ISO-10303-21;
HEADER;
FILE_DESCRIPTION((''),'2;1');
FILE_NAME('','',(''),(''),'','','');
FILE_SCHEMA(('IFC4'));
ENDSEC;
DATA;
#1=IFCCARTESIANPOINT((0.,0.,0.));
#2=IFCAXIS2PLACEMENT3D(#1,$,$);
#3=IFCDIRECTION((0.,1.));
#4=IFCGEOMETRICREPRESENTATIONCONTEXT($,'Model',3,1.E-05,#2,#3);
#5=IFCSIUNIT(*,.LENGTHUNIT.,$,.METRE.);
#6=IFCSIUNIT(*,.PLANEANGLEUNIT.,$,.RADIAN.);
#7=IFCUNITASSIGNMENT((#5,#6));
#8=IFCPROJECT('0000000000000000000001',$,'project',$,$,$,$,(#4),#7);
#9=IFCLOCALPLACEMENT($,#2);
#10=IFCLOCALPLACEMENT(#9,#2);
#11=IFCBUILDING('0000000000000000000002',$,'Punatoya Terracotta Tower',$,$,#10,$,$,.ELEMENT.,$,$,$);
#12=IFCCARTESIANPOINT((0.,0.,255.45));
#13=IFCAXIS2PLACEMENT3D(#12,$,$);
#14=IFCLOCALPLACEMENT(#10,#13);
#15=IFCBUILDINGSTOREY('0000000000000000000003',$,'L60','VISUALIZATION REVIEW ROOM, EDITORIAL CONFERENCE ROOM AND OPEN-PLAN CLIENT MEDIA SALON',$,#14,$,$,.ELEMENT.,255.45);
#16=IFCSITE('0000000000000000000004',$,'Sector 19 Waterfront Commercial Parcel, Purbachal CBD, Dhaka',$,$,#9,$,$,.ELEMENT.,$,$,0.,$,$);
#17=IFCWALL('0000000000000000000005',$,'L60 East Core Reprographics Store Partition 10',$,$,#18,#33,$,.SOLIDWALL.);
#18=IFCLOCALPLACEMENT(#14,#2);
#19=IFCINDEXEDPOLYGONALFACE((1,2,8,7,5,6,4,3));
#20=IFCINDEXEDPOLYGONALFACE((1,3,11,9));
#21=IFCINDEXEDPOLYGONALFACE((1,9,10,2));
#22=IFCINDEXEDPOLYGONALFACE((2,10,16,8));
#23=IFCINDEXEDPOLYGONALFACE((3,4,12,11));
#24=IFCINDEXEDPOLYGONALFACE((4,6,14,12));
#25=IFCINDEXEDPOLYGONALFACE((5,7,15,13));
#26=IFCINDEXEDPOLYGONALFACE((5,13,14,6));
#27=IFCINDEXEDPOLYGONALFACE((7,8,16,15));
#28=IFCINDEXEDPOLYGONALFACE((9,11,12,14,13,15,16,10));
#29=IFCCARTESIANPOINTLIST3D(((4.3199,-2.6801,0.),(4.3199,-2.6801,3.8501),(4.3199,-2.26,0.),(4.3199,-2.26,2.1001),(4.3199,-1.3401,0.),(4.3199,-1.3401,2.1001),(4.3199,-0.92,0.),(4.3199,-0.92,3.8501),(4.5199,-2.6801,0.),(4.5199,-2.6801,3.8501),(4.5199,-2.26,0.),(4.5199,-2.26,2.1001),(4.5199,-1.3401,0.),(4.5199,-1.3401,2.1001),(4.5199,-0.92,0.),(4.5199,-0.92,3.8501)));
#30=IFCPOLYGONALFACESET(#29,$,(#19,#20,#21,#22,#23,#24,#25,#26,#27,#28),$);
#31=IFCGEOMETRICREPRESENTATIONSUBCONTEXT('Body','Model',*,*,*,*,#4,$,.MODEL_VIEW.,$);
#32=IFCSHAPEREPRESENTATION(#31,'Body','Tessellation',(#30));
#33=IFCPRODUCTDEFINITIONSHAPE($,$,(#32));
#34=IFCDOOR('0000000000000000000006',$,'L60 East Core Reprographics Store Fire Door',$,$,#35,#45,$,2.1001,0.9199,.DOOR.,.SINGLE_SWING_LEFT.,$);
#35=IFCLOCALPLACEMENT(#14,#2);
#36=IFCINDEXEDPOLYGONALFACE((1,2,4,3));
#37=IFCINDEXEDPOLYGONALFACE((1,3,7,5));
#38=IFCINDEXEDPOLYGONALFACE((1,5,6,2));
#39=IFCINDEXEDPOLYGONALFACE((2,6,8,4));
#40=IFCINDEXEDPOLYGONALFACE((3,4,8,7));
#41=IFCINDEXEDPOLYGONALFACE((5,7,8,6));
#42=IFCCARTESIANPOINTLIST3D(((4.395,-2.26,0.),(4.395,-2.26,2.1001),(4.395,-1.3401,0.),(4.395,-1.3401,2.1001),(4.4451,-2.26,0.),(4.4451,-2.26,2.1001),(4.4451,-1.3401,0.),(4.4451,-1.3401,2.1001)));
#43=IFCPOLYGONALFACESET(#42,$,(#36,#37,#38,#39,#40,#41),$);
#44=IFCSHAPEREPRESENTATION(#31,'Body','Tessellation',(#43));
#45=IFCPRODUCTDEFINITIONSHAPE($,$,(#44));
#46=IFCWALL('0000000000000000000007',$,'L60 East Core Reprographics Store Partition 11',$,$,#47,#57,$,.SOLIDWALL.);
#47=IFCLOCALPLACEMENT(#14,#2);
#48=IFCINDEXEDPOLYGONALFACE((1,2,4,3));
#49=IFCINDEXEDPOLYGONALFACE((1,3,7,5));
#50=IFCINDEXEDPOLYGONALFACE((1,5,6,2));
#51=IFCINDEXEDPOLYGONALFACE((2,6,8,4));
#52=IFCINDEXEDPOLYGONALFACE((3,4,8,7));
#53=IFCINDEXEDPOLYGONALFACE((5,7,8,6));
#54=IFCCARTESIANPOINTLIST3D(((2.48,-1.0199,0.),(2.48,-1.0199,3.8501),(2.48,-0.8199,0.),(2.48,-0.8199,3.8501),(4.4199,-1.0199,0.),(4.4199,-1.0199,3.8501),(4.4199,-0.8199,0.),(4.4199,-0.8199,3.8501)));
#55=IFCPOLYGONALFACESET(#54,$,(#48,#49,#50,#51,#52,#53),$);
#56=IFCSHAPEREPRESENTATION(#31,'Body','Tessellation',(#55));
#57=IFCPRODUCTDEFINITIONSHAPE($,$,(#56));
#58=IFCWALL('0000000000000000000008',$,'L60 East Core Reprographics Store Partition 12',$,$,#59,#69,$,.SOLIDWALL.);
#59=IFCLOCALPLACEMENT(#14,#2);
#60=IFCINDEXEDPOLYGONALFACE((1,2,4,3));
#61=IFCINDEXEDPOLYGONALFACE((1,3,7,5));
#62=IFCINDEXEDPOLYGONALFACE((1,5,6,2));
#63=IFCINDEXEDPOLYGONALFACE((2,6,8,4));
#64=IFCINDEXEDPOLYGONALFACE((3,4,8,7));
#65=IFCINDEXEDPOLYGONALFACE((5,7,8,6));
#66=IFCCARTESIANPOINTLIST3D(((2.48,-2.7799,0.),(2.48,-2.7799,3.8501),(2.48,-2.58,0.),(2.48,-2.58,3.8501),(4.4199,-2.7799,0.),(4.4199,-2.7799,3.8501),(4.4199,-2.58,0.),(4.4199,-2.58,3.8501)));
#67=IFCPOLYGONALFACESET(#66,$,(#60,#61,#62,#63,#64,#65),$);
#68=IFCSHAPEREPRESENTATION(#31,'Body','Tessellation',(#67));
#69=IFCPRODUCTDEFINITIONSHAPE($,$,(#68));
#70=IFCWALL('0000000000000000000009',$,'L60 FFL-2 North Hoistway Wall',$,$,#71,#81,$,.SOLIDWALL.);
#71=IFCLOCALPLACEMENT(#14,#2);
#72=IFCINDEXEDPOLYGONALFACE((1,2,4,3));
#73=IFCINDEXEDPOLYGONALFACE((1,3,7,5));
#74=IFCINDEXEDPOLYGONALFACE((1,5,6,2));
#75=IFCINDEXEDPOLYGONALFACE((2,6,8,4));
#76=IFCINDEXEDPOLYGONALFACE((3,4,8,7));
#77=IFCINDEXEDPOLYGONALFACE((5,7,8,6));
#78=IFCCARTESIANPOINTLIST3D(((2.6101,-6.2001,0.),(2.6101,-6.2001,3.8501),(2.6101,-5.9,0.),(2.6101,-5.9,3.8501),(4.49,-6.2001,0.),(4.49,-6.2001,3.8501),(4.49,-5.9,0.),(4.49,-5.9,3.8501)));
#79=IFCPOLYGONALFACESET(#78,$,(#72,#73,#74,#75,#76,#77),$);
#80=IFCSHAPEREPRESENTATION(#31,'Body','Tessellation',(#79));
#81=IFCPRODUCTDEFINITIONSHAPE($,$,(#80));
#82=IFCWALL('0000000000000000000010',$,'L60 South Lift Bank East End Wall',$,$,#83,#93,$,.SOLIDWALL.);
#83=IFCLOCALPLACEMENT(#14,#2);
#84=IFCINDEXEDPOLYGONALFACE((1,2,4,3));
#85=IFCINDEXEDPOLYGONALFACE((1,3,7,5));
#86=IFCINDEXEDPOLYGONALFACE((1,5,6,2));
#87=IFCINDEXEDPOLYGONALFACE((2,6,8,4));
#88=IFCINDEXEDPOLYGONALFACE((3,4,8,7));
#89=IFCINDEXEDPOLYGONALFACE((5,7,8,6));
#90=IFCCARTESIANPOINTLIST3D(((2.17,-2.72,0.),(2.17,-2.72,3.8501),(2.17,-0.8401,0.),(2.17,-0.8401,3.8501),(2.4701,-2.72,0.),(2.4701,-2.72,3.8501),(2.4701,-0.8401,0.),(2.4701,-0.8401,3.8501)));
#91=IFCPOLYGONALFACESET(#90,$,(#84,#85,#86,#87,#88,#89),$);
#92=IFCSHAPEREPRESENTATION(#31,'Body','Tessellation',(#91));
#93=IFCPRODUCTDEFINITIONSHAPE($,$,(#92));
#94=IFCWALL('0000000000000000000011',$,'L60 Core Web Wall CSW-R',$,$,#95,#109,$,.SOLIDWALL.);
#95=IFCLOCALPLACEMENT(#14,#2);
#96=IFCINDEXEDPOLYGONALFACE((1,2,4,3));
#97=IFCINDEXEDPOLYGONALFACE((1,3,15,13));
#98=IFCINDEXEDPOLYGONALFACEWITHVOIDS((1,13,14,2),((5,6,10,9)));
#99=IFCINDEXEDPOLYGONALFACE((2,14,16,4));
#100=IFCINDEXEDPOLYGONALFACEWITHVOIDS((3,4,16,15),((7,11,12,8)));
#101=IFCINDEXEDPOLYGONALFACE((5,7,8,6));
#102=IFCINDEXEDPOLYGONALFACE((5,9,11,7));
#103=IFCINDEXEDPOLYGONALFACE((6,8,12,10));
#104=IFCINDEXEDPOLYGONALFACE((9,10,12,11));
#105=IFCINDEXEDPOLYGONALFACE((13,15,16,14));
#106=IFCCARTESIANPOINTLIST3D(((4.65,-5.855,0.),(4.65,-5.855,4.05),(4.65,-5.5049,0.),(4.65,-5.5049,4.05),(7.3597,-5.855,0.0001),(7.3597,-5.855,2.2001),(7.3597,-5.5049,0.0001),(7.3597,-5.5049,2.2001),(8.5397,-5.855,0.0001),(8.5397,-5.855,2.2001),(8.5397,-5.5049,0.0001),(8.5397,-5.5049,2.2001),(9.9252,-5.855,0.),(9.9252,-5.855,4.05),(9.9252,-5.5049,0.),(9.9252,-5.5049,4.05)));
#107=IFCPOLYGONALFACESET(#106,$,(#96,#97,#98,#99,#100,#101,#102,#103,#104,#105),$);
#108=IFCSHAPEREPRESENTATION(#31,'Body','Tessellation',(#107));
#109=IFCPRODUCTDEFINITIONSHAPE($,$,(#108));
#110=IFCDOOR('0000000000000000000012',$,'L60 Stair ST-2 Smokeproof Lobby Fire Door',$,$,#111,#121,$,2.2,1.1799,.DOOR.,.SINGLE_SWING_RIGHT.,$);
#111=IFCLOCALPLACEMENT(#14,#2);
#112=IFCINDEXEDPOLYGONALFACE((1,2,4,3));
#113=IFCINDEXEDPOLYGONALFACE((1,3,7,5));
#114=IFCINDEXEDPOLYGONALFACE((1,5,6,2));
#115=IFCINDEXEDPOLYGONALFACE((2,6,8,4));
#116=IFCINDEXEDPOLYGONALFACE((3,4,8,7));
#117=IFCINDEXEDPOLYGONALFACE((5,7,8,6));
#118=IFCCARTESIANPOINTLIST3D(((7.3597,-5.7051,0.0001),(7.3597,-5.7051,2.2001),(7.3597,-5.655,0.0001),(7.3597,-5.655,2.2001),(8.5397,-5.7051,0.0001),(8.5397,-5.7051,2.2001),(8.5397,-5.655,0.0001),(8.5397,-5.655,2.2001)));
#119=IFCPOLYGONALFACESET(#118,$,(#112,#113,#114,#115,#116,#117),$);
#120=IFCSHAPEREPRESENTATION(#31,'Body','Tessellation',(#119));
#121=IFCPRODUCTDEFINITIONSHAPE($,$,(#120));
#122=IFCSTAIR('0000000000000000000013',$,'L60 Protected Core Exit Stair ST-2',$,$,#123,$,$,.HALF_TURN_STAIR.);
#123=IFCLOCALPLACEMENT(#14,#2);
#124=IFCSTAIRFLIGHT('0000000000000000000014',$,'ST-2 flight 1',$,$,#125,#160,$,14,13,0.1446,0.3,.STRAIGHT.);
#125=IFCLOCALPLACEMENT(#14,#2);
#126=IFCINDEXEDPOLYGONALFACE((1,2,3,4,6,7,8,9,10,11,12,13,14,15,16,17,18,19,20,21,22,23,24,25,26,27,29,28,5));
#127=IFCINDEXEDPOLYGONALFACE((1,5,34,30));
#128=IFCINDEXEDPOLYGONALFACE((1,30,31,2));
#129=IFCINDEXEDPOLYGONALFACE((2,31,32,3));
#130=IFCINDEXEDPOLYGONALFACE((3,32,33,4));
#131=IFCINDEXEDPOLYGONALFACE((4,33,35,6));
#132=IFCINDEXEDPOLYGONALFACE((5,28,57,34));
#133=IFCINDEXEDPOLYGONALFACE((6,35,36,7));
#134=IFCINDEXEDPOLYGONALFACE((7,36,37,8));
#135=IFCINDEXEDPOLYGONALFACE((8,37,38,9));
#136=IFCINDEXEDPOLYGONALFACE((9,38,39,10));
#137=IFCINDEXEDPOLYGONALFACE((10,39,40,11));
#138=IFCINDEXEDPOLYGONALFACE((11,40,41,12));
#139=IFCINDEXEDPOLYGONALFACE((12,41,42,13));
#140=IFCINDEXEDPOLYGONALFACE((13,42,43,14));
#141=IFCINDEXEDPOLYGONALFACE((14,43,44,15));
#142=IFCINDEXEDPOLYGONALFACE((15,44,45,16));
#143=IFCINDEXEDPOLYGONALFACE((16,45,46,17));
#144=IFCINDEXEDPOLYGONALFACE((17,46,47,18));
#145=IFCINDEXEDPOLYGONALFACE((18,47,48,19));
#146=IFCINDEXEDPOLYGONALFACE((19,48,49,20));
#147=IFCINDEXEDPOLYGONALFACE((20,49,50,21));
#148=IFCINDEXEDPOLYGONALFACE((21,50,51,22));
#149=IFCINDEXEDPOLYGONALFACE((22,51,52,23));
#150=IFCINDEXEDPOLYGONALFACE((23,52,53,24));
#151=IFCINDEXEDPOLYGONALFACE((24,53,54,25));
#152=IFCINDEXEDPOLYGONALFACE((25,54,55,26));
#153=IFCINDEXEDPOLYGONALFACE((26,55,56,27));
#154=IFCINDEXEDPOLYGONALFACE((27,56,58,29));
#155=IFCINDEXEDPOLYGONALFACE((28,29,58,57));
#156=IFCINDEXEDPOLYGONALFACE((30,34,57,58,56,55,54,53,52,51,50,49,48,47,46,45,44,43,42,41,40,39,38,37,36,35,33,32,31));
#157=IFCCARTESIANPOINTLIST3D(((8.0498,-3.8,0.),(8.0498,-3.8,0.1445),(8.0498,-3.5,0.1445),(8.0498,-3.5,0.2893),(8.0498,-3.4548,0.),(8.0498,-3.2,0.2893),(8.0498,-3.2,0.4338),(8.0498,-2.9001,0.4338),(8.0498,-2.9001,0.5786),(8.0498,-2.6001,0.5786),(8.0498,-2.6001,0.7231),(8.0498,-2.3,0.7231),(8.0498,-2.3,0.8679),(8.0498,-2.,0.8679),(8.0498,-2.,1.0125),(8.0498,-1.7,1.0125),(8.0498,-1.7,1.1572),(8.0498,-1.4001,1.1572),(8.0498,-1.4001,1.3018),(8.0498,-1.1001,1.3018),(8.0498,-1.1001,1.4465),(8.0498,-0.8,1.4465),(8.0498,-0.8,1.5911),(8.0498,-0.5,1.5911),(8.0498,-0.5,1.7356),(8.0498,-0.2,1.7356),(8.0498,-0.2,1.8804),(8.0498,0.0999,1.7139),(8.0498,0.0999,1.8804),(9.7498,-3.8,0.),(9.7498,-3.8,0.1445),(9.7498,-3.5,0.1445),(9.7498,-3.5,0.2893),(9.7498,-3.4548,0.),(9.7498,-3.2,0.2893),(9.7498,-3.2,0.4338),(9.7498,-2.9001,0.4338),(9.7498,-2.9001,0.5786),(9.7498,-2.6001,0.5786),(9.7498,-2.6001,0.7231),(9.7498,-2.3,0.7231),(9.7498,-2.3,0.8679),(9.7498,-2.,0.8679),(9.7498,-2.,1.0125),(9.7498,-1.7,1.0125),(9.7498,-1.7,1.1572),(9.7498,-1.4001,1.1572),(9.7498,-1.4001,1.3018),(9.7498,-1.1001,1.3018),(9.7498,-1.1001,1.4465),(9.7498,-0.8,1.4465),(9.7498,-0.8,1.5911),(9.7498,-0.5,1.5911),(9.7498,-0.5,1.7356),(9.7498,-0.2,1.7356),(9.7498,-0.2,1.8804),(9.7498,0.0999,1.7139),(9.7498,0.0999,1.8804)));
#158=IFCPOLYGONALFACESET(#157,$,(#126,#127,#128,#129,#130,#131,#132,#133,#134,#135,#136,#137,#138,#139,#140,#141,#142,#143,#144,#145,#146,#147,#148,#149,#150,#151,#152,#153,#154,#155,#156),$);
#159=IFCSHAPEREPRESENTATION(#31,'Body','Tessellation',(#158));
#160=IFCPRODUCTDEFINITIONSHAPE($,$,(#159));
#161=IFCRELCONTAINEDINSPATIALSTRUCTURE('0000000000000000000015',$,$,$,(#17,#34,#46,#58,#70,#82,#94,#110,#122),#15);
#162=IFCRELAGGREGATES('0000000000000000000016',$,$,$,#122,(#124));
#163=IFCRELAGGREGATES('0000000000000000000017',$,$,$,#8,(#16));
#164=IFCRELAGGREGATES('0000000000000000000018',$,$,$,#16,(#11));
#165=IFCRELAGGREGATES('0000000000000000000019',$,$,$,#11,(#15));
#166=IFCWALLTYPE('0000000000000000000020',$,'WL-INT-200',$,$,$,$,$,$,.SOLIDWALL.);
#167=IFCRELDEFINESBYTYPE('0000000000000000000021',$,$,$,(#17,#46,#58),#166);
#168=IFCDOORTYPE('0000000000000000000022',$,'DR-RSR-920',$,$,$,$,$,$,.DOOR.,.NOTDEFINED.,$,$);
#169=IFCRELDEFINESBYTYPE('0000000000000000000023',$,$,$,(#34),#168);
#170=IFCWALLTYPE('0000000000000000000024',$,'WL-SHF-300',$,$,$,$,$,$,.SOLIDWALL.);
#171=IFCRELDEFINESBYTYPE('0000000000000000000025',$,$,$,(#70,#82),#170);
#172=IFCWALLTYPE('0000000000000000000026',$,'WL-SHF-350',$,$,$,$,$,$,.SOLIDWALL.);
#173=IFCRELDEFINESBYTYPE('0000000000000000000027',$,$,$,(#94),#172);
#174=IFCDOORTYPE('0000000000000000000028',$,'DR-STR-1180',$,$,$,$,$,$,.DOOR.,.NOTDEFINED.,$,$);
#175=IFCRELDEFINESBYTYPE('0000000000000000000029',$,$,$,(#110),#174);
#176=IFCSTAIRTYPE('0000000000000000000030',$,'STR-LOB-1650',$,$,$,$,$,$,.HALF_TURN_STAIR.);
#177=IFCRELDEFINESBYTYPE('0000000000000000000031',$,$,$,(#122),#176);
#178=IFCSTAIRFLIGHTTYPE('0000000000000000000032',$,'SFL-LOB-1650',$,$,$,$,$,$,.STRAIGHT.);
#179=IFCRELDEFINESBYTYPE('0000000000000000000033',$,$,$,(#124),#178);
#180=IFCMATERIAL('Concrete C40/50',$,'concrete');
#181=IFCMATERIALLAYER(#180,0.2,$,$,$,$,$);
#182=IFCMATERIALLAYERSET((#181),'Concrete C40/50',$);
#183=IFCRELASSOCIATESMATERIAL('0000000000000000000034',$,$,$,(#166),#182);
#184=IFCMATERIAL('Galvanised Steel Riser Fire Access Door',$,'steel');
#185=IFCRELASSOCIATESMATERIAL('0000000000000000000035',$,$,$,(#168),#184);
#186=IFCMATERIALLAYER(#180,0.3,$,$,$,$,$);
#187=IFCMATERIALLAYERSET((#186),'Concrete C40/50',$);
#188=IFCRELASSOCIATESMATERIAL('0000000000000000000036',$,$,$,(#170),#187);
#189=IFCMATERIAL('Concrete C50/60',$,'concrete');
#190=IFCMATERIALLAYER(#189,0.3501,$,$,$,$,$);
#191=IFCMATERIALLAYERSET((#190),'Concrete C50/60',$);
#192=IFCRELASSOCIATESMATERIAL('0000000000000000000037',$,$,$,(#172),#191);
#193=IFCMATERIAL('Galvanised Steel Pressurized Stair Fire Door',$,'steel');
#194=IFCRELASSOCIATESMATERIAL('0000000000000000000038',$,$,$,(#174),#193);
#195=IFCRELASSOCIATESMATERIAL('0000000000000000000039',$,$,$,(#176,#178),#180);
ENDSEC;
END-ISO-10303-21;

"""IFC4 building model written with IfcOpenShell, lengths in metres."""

from ifc_helpers import new_model, si_unit, direction, frame, frame_2d, origin, place, context, subcontext, project, spatial, polyline, rectangle, outline, extrude, material, layer, layer_set, type_object, element, fill, aggregate, save


model = new_model("IFC4")

# Units and contexts
model_context = context("Model", 3, precision=1e-05, world=origin(), true_north=direction((0.0, 1.0)))
body_context = subcontext(model_context, "Body", "Model", "MODEL_VIEW")
ifc_project = project(units=[si_unit("LENGTHUNIT", "METRE"), si_unit("PLANEANGLEUNIT", "RADIAN")], contexts=[model_context])

# Site, building, storey
site_placement = place(None, origin())
site = spatial("IfcSite", under=ifc_project, at=site_placement, Name="Sector 19 Waterfront Commercial Parcel, Purbachal CBD, Dhaka", CompositionType="ELEMENT", RefElevation=0.0)
building_placement = place(site_placement, origin())
building = spatial("IfcBuilding", under=site, at=building_placement, Name="Punatoya Terracotta Tower", CompositionType="ELEMENT")
storey_placement = place(building_placement, frame((0.0, 0.0, 255.45)))
storey = spatial("IfcBuildingStorey", under=building, at=storey_placement, Name="L60", Description="VISUALIZATION REVIEW ROOM, EDITORIAL CONFERENCE ROOM AND OPEN-PLAN CLIENT MEDIA SALON", CompositionType="ELEMENT", Elevation=255.45)

# Shared definitions
ifc_material_1 = material(Name="Concrete C40/50", Category="concrete")
ifc_layer_1 = layer(ifc_material_1, 0.2)
ifc_layer_set_1 = layer_set([ifc_layer_1], Name="Concrete C40/50")
wall_type_1 = type_object("IfcWallType", Name="WL-INT-200", PredefinedType="SOLIDWALL", material=ifc_layer_set_1)

# Wall, opening, door
wall_1_placement = place(storey_placement, frame((4.4199, -2.6799, 0.0), z_axis=(0.0, 0.0, 1.0), x_axis=(0.0, 1.0, 0.0)))
wall_1 = element("IfcWall", 1, at=wall_1_placement, inside=storey, type_object=wall_type_1, Name="L60 East Core Reprographics Store Partition 10", PredefinedType="SOLIDWALL", context=body_context, shape_type="SweptSolid", body=[
    extrude(rectangle(XDim=1.76, YDim=0.2, at=frame_2d((0.8799, 0.0))), origin(), (0.0, 0.0, 1.0), 3.8501),
])
opening_1_placement = place(wall_1_placement, frame((0.4199, 0.0, 0.0)))
opening_1 = element("IfcOpeningElement", 2, at=opening_1_placement, cuts=wall_1, PredefinedType="OPENING", context=body_context, shape_type="SweptSolid", body=[
    extrude(rectangle(XDim=0.9199, YDim=2.1001, at=frame_2d((0.46, 1.05))), frame((0.0, 0.1099, 0.0), z_axis=(0.0, -1.0, 0.0), x_axis=(1.0, 0.0, 0.0)), (0.0, 0.0, 1.0), 0.22),
])
ifc_material_2 = material(Name="Galvanised Steel Riser Fire Access Door", Category="steel")
door_type_1 = type_object("IfcDoorType", Name="DR-RSR-920", OperationType="NOTDEFINED", PredefinedType="DOOR", material=ifc_material_2)
door_1_placement = place(opening_1_placement, origin())
door_1 = element("IfcDoor", 3, at=door_1_placement, inside=storey, type_object=door_type_1, Name="L60 East Core Reprographics Store Fire Door", OperationType="SINGLE_SWING_LEFT", OverallHeight=2.1001, OverallWidth=0.9199, PredefinedType="DOOR", context=body_context, shape_type="SweptSolid", body=[
    extrude(rectangle(XDim=0.9199, YDim=2.1001, at=frame_2d((0.46, 1.05))), frame((0.0, 0.0249, 0.0), z_axis=(0.0, -1.0, 0.0), x_axis=(1.0, 0.0, 0.0)), (0.0, 0.0, 1.0), 0.05),
])
fill(opening_1, door_1)

# Walls
for number, where, z_axis, x_axis, name in (
    (4, (4.4199, -0.9199, 0.0), (0.0, 0.0, 1.0), (-1.0, 0.0, 0.0), "L60 East Core Reprographics Store Partition 11"),
    (5, (2.48, -2.6799, 0.0), (0.0, 0.0, 1.0), (1.0, 0.0, 0.0), "L60 East Core Reprographics Store Partition 12"),
):
    element("IfcWall", number, at=place(storey_placement, frame(where, z_axis=z_axis, x_axis=x_axis)), inside=storey, type_object=wall_type_1, Name=name, PredefinedType="SOLIDWALL", context=body_context, shape_type="SweptSolid", body=[
        extrude(rectangle(XDim=1.9399, YDim=0.2, at=frame_2d((0.97, 0.0))), origin(), (0.0, 0.0, 1.0), 3.8501),
    ])
ifc_layer_2 = layer(ifc_material_1, 0.3)
ifc_layer_set_2 = layer_set([ifc_layer_2], Name="Concrete C40/50")
wall_type_2 = type_object("IfcWallType", Name="WL-SHF-300", PredefinedType="SOLIDWALL", material=ifc_layer_set_2)
for number, where, z_axis, x_axis, name in (
    (6, (2.6101, -6.05, 0.0), (0.0, 0.0, 1.0), (1.0, 0.0, 0.0), "L60 FFL-2 North Hoistway Wall"),
    (7, (2.3201, -2.72, 0.0), (0.0, 0.0, 1.0), (0.0, 1.0, 0.0), "L60 South Lift Bank East End Wall"),
):
    element("IfcWall", number, at=place(storey_placement, frame(where, z_axis=z_axis, x_axis=x_axis)), inside=storey, type_object=wall_type_2, Name=name, PredefinedType="SOLIDWALL", context=body_context, shape_type="SweptSolid", body=[
        extrude(rectangle(XDim=1.8799, YDim=0.3, at=frame_2d((0.9399, 0.0))), origin(), (0.0, 0.0, 1.0), 3.8501),
    ])

# Wall, opening, door
ifc_material_3 = material(Name="Concrete C50/60", Category="concrete")
ifc_layer_3 = layer(ifc_material_3, 0.3501)
ifc_layer_set_3 = layer_set([ifc_layer_3], Name="Concrete C50/60")
wall_type_3 = type_object("IfcWallType", Name="WL-SHF-350", PredefinedType="SOLIDWALL", material=ifc_layer_set_3)
wall_2_placement = place(storey_placement, frame((4.6499, -5.6799, 0.0), z_axis=(0.0, 0.0, 1.0), x_axis=(1.0, 0.0, 0.0)))
wall_2 = element("IfcWall", 8, at=wall_2_placement, inside=storey, type_object=wall_type_3, Name="L60 Core Web Wall CSW-R", PredefinedType="SOLIDWALL", context=body_context, shape_type="SweptSolid", body=[
    extrude(rectangle(XDim=5.2751, YDim=0.3501, at=frame_2d((2.6377, 0.0))), origin(), (0.0, 0.0, 1.0), 4.05),
])
opening_2_placement = place(wall_2_placement, frame((2.71, 0.0, 0.0)))
opening_2 = element("IfcOpeningElement", 9, at=opening_2_placement, cuts=wall_2, PredefinedType="OPENING", context=body_context, shape_type="SweptSolid", body=[
    extrude(rectangle(XDim=1.1799, YDim=2.2, at=frame_2d((0.5898, 1.1001))), frame((0.0, 0.1851, 0.0), z_axis=(0.0, -1.0, 0.0), x_axis=(1.0, 0.0, 0.0)), (0.0, 0.0, 1.0), 0.3701),
])
ifc_material_4 = material(Name="Galvanised Steel Pressurized Stair Fire Door", Category="steel")
door_type_2 = type_object("IfcDoorType", Name="DR-STR-1180", OperationType="NOTDEFINED", PredefinedType="DOOR", material=ifc_material_4)
door_2_placement = place(opening_2_placement, origin())
door_2 = element("IfcDoor", 10, at=door_2_placement, inside=storey, type_object=door_type_2, Name="L60 Stair ST-2 Smokeproof Lobby Fire Door", OperationType="SINGLE_SWING_RIGHT", OverallHeight=2.2, OverallWidth=1.1799, PredefinedType="DOOR", context=body_context, shape_type="SweptSolid", body=[
    extrude(rectangle(XDim=1.1799, YDim=2.2, at=frame_2d((0.5898, 1.1001))), frame((0.0, 0.0249, 0.0), z_axis=(0.0, -1.0, 0.0), x_axis=(1.0, 0.0, 0.0)), (0.0, 0.0, 1.0), 0.05),
])
fill(opening_2, door_2)

# Stair, stair flight
stair_type = type_object("IfcStairType", Name="STR-LOB-1650", PredefinedType="HALF_TURN_STAIR", material=ifc_material_1)
stair_placement = place(storey_placement, origin())
stair = element("IfcStair", 11, at=stair_placement, inside=storey, type_object=stair_type, Name="L60 Protected Core Exit Stair ST-2", PredefinedType="HALF_TURN_STAIR")
stair_flight_type = type_object("IfcStairFlightType", Name="SFL-LOB-1650", PredefinedType="STRAIGHT", material=ifc_material_1)
stair_flight_placement = place(storey_placement, frame((8.8999, -3.8, 0.0), z_axis=(0.0, 0.0, 1.0), x_axis=(0.0, 1.0, 0.0)))
stair_flight = element("IfcStairFlight", 12, at=stair_flight_placement, type_object=stair_flight_type, Name="ST-2 flight 1", NumberOfRisers=14, NumberOfTreads=13, PredefinedType="STRAIGHT", RiserHeight=0.1446, TreadLength=0.3, context=body_context, shape_type="SweptSolid", body=[
    extrude(outline(polyline([(0.0, 0.0), (0.0, 0.1445), (0.3, 0.1445), (0.3, 0.2893), (0.6001, 0.2893), (0.6001, 0.4338), (0.8999, 0.4338), (0.8999, 0.5786), (1.2, 0.5786), (1.2, 0.7231), (1.5, 0.7231), (1.5, 0.8679), (1.8, 0.8679), (1.8, 1.0125), (2.1001, 1.0125), (2.1001, 1.1572), (2.3999, 1.1572), (2.3999, 1.3018), (2.7, 1.3018), (2.7, 1.4465), (3.0, 1.4465), (3.0, 1.5911), (3.3, 1.5911), (3.3, 1.7356), (3.6001, 1.7356), (3.6001, 1.8804), (3.8999, 1.8804), (3.8999, 2.0249), (3.8999, 1.7139), (0.3452, 0.0), (0.0, 0.0)])), frame((0.0, 0.8501, 0.0), z_axis=(0.0, -1.0, 0.0), x_axis=(1.0, 0.0, 0.0)), (0.0, 0.0, 1.0), 1.7),
])
aggregate(stair, [stair_flight])

save(model, "model.ifc")
